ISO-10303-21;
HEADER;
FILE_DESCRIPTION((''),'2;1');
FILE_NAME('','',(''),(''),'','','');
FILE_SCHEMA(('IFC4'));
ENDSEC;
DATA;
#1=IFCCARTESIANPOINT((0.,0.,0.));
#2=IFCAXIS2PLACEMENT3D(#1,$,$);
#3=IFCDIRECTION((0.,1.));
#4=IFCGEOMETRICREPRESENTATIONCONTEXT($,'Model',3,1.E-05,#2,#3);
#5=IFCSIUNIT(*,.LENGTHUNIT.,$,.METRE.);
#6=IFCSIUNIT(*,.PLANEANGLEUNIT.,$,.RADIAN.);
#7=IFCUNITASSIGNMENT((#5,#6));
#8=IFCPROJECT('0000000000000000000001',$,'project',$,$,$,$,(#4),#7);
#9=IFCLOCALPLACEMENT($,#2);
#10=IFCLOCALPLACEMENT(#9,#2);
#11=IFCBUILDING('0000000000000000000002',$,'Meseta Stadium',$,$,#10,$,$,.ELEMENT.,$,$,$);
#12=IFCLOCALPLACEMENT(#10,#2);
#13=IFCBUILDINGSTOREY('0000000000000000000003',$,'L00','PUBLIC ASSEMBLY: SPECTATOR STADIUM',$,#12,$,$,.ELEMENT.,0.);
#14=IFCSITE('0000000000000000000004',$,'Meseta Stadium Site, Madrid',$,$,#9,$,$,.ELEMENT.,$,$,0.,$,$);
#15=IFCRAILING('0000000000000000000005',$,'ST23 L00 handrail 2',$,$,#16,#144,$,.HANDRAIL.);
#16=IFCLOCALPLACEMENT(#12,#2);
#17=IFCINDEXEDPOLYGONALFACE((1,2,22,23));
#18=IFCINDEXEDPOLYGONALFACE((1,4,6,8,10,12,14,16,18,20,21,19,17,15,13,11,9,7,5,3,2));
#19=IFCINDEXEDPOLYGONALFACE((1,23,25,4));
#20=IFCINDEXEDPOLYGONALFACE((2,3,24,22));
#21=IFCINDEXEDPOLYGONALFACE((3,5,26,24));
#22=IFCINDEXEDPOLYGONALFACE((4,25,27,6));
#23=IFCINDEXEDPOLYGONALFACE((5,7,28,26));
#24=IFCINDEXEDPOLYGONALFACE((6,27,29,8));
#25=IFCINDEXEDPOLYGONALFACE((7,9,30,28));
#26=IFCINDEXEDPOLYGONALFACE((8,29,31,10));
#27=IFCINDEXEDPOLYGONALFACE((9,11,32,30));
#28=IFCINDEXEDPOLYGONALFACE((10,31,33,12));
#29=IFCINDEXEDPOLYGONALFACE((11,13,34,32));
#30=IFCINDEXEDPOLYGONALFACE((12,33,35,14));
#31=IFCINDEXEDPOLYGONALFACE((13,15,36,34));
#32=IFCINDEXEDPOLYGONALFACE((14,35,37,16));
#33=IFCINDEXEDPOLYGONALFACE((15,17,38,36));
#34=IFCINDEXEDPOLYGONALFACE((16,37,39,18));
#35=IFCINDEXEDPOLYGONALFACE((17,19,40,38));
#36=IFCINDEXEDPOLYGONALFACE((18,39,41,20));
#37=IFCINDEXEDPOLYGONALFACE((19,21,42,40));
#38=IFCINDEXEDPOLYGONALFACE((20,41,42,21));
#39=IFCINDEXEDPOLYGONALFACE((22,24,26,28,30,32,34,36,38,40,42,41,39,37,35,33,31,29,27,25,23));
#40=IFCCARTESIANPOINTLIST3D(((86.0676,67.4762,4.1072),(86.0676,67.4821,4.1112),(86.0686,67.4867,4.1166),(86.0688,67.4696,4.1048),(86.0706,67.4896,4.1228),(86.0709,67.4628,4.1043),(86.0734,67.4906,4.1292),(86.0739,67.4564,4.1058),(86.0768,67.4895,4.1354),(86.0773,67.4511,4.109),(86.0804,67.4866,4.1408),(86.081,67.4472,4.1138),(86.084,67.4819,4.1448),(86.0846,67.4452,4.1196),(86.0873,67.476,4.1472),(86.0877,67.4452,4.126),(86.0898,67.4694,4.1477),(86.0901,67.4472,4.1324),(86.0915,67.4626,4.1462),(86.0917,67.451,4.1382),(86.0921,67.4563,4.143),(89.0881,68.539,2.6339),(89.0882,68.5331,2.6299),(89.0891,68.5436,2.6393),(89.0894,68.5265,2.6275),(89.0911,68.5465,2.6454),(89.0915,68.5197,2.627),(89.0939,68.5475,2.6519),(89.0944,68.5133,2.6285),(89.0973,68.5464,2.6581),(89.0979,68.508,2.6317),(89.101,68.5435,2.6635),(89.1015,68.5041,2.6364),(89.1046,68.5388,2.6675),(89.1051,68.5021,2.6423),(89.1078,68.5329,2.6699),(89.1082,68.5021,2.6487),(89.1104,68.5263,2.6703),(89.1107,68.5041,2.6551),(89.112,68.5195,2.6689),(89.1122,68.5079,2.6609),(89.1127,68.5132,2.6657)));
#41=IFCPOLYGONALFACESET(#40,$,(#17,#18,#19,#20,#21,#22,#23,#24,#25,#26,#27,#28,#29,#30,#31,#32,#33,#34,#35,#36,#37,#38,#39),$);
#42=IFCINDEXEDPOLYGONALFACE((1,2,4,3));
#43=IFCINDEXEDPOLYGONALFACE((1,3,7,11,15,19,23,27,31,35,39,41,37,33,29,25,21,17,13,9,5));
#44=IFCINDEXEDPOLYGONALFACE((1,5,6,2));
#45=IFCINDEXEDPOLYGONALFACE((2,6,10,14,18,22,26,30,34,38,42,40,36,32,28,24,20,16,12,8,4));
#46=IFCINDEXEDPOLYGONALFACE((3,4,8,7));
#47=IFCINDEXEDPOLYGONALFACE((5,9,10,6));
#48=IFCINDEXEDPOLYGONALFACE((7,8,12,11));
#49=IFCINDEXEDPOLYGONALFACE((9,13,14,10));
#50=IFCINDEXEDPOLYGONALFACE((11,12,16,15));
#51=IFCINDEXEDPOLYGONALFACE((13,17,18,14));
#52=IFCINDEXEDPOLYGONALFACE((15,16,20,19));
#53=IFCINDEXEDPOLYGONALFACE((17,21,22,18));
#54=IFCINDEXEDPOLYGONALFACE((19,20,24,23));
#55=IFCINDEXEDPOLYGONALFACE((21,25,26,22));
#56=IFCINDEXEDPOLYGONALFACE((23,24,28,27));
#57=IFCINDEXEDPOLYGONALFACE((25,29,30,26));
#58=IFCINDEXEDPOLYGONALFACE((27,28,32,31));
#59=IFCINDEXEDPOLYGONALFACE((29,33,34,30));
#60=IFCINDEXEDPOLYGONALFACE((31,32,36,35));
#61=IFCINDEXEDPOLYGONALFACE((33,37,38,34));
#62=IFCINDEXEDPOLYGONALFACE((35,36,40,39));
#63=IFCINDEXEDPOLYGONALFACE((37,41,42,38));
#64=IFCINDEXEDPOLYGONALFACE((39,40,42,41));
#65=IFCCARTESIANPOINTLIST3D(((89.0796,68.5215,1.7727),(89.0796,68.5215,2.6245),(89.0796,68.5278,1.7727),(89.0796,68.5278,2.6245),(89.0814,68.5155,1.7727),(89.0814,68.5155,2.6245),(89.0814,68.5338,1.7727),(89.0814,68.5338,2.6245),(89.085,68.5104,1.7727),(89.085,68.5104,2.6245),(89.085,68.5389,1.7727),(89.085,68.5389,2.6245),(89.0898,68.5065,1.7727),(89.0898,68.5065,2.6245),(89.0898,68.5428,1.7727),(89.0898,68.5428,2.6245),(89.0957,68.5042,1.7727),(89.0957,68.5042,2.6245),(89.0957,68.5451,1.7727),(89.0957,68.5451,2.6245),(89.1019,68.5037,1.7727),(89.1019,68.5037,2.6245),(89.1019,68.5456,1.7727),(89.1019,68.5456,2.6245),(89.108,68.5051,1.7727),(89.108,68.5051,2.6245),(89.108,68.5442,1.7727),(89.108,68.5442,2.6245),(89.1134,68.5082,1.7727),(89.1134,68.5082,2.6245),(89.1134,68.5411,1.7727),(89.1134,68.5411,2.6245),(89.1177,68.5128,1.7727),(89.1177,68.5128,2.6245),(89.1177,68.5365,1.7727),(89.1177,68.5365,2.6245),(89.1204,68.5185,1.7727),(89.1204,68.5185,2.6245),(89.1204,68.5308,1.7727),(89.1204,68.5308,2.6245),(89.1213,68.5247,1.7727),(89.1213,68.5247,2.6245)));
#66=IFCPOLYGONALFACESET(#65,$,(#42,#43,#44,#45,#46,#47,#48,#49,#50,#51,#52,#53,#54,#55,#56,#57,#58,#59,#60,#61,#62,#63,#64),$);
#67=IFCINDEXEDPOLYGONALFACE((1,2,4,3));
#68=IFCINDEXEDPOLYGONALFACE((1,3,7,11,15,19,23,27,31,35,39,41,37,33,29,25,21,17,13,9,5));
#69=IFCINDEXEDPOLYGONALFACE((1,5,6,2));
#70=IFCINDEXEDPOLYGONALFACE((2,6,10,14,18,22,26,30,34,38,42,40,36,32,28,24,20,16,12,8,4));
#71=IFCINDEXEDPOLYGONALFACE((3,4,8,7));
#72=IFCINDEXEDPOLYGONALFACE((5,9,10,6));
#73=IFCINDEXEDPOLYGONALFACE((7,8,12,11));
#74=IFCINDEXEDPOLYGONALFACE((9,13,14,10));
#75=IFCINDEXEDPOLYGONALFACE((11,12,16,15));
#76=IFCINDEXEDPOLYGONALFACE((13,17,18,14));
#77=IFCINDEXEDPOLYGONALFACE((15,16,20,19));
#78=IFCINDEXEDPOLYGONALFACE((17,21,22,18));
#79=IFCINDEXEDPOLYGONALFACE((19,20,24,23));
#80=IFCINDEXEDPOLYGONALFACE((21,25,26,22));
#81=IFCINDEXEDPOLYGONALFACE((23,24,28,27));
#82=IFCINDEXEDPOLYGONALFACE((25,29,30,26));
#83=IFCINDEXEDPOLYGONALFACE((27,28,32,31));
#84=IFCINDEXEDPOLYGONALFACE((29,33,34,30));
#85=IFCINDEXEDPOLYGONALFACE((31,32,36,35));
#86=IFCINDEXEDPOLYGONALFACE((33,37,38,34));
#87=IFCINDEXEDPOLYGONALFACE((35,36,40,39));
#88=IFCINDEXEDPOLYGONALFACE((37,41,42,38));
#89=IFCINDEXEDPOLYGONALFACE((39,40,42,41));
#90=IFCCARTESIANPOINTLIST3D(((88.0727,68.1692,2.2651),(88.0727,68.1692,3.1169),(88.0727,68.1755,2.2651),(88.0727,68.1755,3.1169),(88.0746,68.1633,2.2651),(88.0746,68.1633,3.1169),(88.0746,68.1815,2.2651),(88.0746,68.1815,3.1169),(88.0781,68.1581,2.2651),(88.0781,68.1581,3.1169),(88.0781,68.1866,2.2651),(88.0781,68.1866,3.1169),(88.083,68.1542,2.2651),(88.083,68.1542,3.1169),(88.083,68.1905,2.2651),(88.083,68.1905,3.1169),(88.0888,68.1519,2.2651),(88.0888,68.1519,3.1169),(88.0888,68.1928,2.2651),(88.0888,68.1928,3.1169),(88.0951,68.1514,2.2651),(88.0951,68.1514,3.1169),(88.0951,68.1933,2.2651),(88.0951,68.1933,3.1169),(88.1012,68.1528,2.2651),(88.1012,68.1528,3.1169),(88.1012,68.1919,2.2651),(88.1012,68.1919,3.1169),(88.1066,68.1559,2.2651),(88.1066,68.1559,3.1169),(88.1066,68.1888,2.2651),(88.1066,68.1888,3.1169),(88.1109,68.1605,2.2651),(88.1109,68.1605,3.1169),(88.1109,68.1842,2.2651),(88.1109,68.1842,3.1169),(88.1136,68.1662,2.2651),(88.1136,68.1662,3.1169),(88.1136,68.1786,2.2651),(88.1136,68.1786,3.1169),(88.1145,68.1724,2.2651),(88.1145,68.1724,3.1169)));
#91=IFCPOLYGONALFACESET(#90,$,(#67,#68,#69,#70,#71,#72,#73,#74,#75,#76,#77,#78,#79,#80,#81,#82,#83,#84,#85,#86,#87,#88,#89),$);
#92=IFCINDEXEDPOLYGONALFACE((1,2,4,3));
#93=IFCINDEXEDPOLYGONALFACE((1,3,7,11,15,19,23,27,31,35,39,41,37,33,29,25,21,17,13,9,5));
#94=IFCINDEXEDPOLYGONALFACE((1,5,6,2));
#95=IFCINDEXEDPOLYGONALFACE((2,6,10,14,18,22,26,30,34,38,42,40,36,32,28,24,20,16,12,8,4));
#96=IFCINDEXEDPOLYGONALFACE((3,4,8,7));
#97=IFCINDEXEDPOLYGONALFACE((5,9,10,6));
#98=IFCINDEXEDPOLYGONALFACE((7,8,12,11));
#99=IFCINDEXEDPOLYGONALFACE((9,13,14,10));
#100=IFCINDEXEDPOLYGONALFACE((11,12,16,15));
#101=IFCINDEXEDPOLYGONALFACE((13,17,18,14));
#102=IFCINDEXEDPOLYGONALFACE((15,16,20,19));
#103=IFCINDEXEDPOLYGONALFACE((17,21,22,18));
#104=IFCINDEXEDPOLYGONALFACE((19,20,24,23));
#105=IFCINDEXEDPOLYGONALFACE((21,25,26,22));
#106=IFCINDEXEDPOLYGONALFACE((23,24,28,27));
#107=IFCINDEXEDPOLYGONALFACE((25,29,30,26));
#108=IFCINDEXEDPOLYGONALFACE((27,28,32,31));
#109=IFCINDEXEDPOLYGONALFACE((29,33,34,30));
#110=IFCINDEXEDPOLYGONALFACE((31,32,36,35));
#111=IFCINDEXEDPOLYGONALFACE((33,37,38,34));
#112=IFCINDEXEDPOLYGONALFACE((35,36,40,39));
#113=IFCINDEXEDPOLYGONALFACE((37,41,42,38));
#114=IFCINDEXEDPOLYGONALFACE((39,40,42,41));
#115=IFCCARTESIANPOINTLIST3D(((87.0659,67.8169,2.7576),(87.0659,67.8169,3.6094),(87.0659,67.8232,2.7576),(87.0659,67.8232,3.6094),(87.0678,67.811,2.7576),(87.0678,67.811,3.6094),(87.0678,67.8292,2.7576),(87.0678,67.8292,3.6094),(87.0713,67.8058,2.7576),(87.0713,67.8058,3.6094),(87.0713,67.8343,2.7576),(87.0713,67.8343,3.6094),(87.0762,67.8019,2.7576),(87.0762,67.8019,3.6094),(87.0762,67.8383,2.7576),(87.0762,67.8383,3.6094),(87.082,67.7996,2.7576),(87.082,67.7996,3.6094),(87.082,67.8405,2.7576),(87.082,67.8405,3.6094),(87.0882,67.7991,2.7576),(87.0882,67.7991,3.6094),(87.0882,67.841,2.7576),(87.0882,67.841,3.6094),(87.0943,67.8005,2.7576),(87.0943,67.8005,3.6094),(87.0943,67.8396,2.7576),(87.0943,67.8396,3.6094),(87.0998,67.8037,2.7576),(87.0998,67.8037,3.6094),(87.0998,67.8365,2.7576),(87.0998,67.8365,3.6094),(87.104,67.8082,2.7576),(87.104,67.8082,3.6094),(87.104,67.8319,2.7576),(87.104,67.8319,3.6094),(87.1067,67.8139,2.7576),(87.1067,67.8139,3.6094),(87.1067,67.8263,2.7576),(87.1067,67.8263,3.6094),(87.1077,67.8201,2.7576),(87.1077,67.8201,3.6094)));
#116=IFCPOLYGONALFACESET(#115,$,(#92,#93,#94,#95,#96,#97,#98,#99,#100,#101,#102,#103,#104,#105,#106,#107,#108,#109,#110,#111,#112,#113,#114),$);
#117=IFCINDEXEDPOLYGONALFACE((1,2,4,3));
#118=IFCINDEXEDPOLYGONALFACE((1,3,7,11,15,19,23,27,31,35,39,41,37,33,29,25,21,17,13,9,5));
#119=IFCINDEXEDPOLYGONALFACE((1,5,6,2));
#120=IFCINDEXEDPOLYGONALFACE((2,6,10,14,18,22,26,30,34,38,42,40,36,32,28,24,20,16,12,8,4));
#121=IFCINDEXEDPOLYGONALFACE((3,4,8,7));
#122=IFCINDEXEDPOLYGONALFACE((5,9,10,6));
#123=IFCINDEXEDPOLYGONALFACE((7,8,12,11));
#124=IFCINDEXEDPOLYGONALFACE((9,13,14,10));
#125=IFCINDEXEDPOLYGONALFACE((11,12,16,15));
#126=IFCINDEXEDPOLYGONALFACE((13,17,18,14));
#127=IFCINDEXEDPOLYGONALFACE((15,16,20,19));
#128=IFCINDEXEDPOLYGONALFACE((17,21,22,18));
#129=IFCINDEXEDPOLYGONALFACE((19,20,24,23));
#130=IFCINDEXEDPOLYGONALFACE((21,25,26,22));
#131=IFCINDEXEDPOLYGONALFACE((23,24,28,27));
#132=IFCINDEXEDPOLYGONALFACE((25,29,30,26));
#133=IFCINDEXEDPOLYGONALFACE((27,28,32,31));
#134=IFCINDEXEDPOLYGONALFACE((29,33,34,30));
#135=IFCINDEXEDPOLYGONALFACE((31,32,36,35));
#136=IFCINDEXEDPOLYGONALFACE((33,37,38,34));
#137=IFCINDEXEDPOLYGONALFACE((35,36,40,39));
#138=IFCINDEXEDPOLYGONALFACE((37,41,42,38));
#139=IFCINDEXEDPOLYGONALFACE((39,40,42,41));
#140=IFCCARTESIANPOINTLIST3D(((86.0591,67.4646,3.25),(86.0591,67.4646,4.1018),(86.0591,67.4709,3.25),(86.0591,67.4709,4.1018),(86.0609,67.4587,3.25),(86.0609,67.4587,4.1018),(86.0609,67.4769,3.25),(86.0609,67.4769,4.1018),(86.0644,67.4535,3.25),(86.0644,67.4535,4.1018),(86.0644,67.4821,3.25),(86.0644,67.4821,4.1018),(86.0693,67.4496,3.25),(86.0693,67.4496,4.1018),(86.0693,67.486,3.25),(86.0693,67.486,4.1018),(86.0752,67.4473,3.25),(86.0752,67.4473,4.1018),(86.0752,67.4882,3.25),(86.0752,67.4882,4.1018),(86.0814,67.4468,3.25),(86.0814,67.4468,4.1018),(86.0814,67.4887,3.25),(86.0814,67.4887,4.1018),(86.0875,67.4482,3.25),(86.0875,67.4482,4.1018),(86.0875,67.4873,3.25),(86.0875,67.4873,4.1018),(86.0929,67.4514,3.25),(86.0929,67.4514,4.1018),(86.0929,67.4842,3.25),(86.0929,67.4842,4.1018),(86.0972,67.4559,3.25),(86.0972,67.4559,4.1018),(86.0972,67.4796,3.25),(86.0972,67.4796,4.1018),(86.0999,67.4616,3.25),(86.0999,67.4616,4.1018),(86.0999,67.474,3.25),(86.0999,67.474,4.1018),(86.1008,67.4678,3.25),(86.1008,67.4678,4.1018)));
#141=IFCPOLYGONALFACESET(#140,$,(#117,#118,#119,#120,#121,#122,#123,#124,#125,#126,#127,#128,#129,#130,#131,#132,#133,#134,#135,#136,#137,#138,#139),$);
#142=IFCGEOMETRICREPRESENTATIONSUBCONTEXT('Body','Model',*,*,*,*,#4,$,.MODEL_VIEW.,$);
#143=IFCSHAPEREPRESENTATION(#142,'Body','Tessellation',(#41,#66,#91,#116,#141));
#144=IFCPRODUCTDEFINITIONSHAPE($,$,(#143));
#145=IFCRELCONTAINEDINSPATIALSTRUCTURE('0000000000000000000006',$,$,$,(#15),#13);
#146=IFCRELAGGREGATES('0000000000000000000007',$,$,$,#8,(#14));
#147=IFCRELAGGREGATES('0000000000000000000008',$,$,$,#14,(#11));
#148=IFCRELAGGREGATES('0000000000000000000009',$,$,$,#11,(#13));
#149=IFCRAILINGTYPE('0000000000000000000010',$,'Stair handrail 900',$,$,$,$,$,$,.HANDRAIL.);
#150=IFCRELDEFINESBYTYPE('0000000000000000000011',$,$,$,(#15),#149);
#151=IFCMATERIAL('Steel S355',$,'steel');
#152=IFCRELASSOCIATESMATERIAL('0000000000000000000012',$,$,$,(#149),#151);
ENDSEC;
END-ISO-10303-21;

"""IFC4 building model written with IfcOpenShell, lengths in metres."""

from ifc_helpers import new_model, si_unit, direction, frame, origin, origin_2d, place, context, subcontext, project, spatial, circle, extrude, material, type_object, element, save


model = new_model("IFC4")

# Units and contexts
model_context = context("Model", 3, precision=1e-05, world=origin(), true_north=direction((0.0, 1.0)))
body_context = subcontext(model_context, "Body", "Model", "MODEL_VIEW")
ifc_project = project(units=[si_unit("LENGTHUNIT", "METRE"), si_unit("PLANEANGLEUNIT", "RADIAN")], contexts=[model_context])

# Site, building, storey
site_placement = place(None, origin())
site = spatial("IfcSite", under=ifc_project, at=site_placement, Name="Meseta Stadium Site, Madrid", CompositionType="ELEMENT", RefElevation=0.0)
building_placement = place(site_placement, origin())
building = spatial("IfcBuilding", under=site, at=building_placement, Name="Meseta Stadium", CompositionType="ELEMENT")
storey_placement = place(building_placement, origin())
storey = spatial("IfcBuildingStorey", under=building, at=storey_placement, Name="L00", Description="PUBLIC ASSEMBLY: SPECTATOR STADIUM", CompositionType="ELEMENT", Elevation=0.0)

# Railing
ifc_material_1 = material(Name="Steel S355", Category="steel")
railing_type_1 = type_object("IfcRailingType", Name="Stair handrail 900", PredefinedType="HANDRAIL", material=ifc_material_1)
for number, where, name in (
    (1, (89.1003, 68.5247, 1.7727), "ST23 L00 handrail 2"),
):
    element("IfcRailing", number, at=place(storey_placement, frame(where)), inside=storey, type_object=railing_type_1, Name=name, PredefinedType="HANDRAIL", context=body_context, shape_type="SweptSolid", body=[
        extrude(circle(Radius=0.0239, at=origin_2d()), frame((0.0, 0.0, 0.876), z_axis=(-0.856977, -0.299859, 0.419137), x_axis=(0.330269, -0.943887, 0.0)), (0.0, 0.0, 1.0), 3.5247),
        extrude(circle(Radius=0.021, at=origin_2d()), origin(), (0.0, 0.0, 1.0), 0.8518),
        extrude(circle(Radius=0.021, at=origin_2d()), frame((-1.0068, -0.3523, 0.4924)), (0.0, 0.0, 1.0), 0.8518),
        extrude(circle(Radius=0.021, at=origin_2d()), frame((-2.0137, -0.7046, 0.9849)), (0.0, 0.0, 1.0), 0.8518),
        extrude(circle(Radius=0.021, at=origin_2d()), frame((-3.0205, -1.0569, 1.4773)), (0.0, 0.0, 1.0), 0.8518),
    ])

save(model, "model.ifc")
